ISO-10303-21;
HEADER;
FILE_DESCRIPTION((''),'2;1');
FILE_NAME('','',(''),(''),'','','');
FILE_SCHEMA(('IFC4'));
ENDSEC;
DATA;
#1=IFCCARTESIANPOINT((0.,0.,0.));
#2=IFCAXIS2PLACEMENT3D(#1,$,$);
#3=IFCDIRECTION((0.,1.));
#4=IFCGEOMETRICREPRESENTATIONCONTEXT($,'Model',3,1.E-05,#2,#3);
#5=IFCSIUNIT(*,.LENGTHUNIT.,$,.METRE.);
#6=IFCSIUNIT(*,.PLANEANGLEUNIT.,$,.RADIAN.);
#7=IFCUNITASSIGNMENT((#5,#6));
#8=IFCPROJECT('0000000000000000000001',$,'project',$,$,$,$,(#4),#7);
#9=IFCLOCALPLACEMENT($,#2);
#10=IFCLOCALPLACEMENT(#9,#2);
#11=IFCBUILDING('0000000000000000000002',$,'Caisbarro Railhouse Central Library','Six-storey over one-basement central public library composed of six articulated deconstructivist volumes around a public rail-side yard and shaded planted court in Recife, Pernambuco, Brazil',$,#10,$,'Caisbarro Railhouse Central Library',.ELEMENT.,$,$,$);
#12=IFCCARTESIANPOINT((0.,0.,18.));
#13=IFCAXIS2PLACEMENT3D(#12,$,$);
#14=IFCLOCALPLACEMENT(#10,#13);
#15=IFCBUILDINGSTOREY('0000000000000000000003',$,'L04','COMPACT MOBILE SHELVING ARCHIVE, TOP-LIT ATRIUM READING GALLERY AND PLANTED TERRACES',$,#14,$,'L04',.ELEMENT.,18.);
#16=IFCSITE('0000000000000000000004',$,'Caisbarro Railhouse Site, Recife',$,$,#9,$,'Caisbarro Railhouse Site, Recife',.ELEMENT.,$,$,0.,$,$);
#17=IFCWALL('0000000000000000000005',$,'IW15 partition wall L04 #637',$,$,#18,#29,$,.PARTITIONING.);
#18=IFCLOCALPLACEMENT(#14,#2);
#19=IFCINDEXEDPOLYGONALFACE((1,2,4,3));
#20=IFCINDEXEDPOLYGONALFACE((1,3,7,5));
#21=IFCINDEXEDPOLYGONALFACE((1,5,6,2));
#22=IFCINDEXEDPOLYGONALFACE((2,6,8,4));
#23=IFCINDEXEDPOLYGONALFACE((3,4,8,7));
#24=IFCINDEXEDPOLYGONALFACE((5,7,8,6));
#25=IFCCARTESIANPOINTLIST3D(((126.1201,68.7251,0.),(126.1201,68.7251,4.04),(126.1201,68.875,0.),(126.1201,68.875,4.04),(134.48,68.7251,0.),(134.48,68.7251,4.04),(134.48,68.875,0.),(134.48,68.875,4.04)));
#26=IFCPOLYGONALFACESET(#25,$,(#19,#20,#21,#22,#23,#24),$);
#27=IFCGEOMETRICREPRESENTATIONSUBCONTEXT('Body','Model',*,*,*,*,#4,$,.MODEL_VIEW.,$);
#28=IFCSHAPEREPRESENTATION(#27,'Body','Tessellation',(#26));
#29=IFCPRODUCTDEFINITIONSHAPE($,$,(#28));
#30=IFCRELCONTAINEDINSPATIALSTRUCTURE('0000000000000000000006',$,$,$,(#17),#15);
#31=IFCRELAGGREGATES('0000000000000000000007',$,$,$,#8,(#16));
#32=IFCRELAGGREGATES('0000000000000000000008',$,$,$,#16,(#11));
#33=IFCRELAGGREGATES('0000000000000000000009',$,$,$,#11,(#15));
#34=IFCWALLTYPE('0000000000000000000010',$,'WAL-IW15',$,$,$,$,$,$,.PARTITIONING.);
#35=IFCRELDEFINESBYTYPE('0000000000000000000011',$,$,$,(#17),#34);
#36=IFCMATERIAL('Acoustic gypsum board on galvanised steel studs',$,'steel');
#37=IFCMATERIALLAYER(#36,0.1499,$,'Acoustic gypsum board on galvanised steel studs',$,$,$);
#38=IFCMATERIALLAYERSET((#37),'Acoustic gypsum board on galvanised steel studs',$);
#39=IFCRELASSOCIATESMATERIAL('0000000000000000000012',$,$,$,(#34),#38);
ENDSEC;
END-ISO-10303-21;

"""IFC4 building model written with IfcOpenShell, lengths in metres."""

from ifc_helpers import new_model, si_unit, direction, frame, frame_2d, origin, place, context, subcontext, project, spatial, rectangle, extrude, material, layer, layer_set, type_object, element, save


model = new_model("IFC4")

# Units and contexts
model_context = context("Model", 3, precision=1e-05, world=origin(), true_north=direction((0.0, 1.0)))
body_context = subcontext(model_context, "Body", "Model", "MODEL_VIEW")
ifc_project = project(units=[si_unit("LENGTHUNIT", "METRE"), si_unit("PLANEANGLEUNIT", "RADIAN")], contexts=[model_context])

# Site, building, storey
site_placement = place(None, origin())
site = spatial("IfcSite", under=ifc_project, at=site_placement, Name="Caisbarro Railhouse Site, Recife", LongName="Caisbarro Railhouse Site, Recife", CompositionType="ELEMENT", RefElevation=0.0)
building_placement = place(site_placement, origin())
building = spatial("IfcBuilding", under=site, at=building_placement, Name="Caisbarro Railhouse Central Library", Description="Six-storey over one-basement central public library composed of six articulated deconstructivist volumes around a public rail-side yard and shaded planted court in Recife, Pernambuco, Brazil", LongName="Caisbarro Railhouse Central Library", CompositionType="ELEMENT")
storey_placement = place(building_placement, frame((0.0, 0.0, 18.0)))
storey = spatial("IfcBuildingStorey", under=building, at=storey_placement, Name="L04", Description="COMPACT MOBILE SHELVING ARCHIVE, TOP-LIT ATRIUM READING GALLERY AND PLANTED TERRACES", LongName="L04", CompositionType="ELEMENT", Elevation=18.0)

# Shared definitions
ifc_material_1 = material(Name="Acoustic gypsum board on galvanised steel studs", Category="steel")

# Wall
ifc_layer_1 = layer(ifc_material_1, 0.1499, Name="Acoustic gypsum board on galvanised steel studs")
ifc_layer_set_1 = layer_set([ifc_layer_1], Name="Acoustic gypsum board on galvanised steel studs")
wall_type_1 = type_object("IfcWallType", Name="WAL-IW15", PredefinedType="PARTITIONING", material=ifc_layer_set_1)
wall_1_placement = place(storey_placement, frame((126.1201, 68.8, 0.0), z_axis=(0.0, 0.0, 1.0), x_axis=(1.0, 0.0, 0.0)))
element("IfcWall", 1, at=wall_1_placement, inside=storey, type_object=wall_type_1, Name="IW15 partition wall L04 #637", PredefinedType="PARTITIONING", context=body_context, shape_type="SweptSolid", body=[
    extrude(rectangle(XDim=8.3599, YDim=0.1499, at=frame_2d((4.1799, 0.0))), origin(), (0.0, 0.0, 1.0), 4.04),
])

save(model, "model.ifc")
